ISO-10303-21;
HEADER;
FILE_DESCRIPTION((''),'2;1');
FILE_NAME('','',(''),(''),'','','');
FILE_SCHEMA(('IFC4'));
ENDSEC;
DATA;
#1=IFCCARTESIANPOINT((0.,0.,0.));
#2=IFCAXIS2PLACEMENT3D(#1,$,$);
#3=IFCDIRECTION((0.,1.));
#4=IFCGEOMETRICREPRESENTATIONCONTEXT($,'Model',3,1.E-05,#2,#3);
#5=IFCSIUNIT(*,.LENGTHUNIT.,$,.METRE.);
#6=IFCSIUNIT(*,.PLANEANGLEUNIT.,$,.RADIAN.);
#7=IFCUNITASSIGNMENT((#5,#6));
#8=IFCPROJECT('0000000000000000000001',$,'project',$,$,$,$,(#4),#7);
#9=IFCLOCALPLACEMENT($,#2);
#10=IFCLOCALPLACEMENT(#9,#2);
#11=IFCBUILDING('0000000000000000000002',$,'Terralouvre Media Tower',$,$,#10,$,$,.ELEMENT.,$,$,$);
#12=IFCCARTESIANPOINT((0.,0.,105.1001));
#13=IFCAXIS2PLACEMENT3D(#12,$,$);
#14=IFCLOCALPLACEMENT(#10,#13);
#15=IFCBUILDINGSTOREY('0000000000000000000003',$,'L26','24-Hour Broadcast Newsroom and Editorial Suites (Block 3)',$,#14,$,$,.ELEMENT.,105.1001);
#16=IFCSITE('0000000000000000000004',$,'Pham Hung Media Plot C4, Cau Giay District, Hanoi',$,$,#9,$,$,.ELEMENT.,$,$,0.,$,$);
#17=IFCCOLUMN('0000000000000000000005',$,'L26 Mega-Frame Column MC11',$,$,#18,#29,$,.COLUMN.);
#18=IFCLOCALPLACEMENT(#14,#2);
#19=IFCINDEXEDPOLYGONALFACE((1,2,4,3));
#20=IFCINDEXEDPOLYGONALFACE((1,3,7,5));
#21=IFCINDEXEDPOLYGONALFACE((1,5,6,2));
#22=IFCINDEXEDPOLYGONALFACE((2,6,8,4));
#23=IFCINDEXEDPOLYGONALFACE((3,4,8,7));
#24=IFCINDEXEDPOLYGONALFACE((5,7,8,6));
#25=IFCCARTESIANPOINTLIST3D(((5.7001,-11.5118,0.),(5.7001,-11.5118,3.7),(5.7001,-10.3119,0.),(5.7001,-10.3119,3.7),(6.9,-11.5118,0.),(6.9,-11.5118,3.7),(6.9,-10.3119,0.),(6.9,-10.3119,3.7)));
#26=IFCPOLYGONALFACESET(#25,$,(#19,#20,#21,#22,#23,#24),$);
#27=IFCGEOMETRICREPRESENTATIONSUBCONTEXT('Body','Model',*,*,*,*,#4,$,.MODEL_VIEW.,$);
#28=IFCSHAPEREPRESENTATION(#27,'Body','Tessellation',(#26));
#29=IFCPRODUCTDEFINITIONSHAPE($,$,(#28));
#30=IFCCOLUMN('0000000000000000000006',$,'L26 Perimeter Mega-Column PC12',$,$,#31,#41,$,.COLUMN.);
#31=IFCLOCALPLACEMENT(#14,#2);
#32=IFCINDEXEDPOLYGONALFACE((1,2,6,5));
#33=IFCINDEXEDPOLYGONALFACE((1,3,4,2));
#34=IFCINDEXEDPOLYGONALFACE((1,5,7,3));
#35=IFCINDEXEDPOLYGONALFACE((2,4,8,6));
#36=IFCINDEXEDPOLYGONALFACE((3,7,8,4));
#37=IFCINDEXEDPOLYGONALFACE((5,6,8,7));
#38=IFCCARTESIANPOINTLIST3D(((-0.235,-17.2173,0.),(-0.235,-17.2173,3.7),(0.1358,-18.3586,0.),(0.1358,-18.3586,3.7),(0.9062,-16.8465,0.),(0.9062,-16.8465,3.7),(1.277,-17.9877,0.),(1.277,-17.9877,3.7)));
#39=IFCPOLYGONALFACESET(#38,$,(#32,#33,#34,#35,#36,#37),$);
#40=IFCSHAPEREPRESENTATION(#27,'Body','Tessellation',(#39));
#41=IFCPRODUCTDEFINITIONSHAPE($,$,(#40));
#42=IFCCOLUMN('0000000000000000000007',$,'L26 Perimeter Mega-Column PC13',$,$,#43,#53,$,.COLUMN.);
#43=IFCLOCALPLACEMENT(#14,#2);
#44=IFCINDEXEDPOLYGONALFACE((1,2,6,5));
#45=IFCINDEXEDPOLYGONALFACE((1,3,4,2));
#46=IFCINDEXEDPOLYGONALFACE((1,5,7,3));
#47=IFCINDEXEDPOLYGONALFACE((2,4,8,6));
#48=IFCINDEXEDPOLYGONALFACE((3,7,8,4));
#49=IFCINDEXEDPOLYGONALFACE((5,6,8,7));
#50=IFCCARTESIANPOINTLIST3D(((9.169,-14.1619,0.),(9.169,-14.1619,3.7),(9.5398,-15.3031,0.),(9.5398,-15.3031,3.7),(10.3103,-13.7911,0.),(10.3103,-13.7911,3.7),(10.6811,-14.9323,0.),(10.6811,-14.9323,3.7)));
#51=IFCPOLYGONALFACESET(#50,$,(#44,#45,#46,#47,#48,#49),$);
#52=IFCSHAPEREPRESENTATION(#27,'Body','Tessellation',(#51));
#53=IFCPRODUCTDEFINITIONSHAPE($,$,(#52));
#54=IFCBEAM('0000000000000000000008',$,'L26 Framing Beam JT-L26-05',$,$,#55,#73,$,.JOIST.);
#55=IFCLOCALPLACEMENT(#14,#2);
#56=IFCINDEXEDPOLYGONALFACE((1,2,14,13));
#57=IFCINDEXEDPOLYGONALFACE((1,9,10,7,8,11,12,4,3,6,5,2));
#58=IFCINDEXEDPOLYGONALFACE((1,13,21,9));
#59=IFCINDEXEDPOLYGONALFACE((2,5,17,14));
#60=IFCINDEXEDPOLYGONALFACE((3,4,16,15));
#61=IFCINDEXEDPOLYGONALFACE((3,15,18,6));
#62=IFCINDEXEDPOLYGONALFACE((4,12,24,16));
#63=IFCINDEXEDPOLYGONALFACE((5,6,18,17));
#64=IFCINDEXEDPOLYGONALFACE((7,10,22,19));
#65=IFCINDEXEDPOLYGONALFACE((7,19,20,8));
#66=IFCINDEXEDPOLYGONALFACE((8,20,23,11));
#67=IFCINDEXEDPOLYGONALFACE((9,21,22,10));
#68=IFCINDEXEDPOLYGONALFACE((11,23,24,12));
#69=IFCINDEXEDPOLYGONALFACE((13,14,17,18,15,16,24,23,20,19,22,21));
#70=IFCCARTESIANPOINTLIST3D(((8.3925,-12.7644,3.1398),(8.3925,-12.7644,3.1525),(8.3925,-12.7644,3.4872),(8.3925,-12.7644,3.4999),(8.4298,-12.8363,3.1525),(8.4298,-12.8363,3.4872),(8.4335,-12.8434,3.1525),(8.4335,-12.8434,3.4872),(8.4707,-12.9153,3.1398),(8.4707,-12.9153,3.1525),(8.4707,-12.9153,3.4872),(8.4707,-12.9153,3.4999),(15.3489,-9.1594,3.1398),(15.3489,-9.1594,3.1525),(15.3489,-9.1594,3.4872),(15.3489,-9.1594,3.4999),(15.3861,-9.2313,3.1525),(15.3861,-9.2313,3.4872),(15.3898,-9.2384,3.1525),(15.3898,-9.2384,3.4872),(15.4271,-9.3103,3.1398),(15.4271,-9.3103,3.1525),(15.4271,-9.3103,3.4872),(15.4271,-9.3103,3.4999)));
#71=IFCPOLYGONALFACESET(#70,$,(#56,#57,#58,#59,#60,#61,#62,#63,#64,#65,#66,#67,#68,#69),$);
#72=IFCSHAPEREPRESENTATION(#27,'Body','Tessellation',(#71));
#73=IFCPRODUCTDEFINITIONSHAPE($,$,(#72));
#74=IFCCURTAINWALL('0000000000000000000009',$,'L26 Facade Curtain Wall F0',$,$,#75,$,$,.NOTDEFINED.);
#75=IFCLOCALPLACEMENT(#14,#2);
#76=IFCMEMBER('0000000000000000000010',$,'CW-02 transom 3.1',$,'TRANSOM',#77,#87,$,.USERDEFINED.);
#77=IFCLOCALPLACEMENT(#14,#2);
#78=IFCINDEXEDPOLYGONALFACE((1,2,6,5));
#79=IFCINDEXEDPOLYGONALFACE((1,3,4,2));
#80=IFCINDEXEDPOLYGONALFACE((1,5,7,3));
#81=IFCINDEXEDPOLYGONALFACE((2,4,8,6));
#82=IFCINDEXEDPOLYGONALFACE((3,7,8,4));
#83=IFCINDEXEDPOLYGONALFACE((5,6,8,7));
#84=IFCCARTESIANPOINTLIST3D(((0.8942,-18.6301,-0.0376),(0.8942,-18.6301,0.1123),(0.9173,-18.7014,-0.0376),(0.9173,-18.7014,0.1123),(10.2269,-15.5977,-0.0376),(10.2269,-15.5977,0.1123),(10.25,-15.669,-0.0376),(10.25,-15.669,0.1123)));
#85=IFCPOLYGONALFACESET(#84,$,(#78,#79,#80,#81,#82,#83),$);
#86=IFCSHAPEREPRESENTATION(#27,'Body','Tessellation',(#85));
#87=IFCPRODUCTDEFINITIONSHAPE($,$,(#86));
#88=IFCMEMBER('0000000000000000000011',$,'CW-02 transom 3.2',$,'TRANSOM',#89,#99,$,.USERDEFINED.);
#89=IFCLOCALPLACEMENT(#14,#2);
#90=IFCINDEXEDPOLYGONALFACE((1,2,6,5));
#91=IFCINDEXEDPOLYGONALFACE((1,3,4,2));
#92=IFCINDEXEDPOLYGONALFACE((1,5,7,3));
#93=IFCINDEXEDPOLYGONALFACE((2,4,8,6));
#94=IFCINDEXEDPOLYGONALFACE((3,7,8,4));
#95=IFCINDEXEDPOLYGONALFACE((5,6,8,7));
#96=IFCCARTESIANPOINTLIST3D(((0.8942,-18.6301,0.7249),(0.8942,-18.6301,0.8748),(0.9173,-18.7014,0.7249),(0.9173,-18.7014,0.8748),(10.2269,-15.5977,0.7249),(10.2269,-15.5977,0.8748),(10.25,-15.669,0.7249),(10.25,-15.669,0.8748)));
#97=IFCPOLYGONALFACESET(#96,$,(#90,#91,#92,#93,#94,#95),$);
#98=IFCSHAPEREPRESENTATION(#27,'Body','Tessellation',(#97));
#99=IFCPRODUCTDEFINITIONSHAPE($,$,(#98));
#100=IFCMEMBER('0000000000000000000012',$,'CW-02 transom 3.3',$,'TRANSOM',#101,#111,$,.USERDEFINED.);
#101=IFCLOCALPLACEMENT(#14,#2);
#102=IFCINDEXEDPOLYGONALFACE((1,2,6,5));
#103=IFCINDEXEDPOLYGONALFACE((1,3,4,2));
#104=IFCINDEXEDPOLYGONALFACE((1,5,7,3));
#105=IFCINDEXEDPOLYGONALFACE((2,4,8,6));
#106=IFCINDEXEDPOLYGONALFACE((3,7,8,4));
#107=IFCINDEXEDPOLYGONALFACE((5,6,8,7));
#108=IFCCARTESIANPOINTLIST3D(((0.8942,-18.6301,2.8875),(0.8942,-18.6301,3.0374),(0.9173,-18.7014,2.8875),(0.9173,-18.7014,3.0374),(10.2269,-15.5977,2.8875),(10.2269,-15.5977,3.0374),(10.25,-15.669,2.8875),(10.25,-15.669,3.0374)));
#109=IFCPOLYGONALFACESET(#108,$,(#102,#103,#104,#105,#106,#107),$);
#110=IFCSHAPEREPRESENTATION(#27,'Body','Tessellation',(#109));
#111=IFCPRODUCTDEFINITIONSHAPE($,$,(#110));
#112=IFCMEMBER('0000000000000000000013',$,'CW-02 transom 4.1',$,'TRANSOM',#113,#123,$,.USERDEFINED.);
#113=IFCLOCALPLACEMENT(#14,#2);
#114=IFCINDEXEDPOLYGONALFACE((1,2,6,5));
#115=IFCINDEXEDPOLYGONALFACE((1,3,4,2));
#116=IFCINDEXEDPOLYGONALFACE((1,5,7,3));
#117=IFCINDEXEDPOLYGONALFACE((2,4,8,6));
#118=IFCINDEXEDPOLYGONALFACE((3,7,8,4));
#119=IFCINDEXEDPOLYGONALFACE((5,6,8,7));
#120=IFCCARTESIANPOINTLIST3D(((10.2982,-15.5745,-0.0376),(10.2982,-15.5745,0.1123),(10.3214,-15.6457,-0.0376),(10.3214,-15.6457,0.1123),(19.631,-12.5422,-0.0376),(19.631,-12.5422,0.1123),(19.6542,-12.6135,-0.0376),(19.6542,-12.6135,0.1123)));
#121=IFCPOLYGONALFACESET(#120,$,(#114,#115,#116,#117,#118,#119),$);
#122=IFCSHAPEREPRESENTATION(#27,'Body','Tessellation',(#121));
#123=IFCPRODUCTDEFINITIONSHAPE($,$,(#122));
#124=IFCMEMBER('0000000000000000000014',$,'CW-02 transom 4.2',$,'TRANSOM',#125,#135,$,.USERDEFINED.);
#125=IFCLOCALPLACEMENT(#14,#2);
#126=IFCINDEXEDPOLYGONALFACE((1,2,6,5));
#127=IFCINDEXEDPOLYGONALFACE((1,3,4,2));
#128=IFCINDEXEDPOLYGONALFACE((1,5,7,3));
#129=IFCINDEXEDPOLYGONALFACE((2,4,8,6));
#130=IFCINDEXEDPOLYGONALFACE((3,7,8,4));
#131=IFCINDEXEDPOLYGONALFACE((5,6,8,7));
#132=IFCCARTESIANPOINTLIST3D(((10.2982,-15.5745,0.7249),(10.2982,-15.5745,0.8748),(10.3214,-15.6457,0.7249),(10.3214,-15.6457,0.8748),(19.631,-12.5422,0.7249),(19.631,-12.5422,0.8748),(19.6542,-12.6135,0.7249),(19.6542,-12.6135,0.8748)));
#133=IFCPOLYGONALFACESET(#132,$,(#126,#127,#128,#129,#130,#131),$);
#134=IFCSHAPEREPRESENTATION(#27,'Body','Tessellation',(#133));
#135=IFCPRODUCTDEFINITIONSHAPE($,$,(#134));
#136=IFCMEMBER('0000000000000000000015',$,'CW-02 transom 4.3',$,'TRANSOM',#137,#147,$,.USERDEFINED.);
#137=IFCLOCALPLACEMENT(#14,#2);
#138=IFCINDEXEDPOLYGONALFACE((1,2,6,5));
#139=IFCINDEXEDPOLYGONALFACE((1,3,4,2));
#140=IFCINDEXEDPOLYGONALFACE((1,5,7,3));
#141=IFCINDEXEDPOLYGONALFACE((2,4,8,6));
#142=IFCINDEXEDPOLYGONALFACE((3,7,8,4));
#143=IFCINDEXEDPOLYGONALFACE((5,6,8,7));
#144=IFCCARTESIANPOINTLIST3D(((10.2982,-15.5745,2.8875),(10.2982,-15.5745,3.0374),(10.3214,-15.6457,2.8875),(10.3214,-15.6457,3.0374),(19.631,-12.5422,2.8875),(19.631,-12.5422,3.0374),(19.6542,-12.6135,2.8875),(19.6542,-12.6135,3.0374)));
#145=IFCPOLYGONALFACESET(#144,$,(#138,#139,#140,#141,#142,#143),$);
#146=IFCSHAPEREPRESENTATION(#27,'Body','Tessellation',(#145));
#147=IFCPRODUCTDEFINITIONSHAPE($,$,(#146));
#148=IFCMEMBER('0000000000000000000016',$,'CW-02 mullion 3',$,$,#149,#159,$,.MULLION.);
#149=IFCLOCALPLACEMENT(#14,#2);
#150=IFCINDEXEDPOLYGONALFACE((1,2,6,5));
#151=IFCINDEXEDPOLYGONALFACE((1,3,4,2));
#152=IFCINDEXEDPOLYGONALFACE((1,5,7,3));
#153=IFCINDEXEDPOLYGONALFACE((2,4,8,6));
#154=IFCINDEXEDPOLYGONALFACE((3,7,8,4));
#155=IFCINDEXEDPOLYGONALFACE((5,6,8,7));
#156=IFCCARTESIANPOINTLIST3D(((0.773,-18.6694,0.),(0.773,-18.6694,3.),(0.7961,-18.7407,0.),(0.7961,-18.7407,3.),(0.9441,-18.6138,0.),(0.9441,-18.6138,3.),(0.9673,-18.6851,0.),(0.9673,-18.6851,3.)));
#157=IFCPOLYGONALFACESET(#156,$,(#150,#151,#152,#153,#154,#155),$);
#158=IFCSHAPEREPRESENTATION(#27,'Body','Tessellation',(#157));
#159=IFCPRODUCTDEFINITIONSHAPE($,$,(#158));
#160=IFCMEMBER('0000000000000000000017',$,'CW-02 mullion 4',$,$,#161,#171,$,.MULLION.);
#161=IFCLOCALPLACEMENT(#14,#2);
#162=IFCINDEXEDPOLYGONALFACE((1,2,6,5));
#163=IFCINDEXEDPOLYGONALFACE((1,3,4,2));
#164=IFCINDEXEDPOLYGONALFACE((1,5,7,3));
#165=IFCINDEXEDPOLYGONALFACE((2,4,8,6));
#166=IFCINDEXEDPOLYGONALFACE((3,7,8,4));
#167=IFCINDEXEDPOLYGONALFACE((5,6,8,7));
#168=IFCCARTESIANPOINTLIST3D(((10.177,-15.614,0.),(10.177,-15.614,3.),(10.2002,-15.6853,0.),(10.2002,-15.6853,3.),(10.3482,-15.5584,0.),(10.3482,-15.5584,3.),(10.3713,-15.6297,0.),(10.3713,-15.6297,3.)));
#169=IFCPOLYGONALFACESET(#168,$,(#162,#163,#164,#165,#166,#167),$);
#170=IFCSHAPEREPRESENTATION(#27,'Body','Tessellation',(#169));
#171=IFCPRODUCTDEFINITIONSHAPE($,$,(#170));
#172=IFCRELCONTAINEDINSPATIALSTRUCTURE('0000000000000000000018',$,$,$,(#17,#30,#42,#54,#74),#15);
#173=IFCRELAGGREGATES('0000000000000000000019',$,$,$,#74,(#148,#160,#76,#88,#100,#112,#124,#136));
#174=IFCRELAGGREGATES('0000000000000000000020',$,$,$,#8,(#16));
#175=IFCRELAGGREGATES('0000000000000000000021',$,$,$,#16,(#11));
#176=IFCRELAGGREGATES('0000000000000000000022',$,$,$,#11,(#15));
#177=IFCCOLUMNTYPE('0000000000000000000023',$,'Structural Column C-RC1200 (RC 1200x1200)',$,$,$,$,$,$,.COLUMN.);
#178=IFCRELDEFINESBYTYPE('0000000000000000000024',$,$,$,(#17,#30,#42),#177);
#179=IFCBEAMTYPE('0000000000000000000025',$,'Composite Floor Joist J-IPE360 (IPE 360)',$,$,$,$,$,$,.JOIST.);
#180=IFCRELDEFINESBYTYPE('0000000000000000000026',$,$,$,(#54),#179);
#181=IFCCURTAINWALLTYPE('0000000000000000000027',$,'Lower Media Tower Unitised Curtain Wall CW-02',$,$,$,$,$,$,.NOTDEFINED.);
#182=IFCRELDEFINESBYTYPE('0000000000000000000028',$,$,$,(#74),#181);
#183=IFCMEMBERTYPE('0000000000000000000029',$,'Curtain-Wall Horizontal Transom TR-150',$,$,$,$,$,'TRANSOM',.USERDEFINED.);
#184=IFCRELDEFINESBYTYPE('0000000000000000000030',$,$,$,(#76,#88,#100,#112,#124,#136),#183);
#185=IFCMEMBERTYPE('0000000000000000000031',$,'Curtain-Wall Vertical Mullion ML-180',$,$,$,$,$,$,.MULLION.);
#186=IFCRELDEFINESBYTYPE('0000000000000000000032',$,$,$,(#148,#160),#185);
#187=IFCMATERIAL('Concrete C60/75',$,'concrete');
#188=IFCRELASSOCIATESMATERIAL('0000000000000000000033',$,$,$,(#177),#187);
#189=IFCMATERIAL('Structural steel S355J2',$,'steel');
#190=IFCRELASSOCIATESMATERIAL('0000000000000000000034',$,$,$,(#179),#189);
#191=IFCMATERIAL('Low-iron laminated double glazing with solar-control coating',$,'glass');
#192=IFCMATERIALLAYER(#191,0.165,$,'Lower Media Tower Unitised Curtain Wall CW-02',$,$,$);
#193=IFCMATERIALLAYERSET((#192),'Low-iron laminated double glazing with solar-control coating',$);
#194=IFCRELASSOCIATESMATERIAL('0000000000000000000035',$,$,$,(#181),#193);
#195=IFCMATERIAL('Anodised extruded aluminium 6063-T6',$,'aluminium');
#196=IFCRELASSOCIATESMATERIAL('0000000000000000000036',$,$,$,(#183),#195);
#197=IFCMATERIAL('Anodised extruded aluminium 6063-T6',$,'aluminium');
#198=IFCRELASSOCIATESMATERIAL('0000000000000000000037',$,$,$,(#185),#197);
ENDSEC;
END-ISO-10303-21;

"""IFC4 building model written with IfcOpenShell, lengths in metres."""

from ifc_helpers import new_model, si_unit, direction, frame, origin, origin_2d, place, context, subcontext, project, spatial, rectangle, i_section, extrude, material, layer, layer_set, material_profile, profile_set, type_object, element, aggregate, save


model = new_model("IFC4")

# Units and contexts
model_context = context("Model", 3, precision=1e-05, world=origin(), true_north=direction((0.0, 1.0)))
body_context = subcontext(model_context, "Body", "Model", "MODEL_VIEW")
ifc_project = project(units=[si_unit("LENGTHUNIT", "METRE"), si_unit("PLANEANGLEUNIT", "RADIAN")], contexts=[model_context])

# Site, building, storey
site_placement = place(None, origin())
site = spatial("IfcSite", under=ifc_project, at=site_placement, Name="Pham Hung Media Plot C4, Cau Giay District, Hanoi", CompositionType="ELEMENT", RefElevation=0.0)
building_placement = place(site_placement, origin())
building = spatial("IfcBuilding", under=site, at=building_placement, Name="Terralouvre Media Tower", CompositionType="ELEMENT")
storey_placement = place(building_placement, frame((0.0, 0.0, 105.1001)))
storey = spatial("IfcBuildingStorey", under=building, at=storey_placement, Name="L26", Description="24-Hour Broadcast Newsroom and Editorial Suites (Block 3)", CompositionType="ELEMENT", Elevation=105.1001)

# Columns
ifc_material_1 = material(Name="Concrete C60/75", Category="concrete")
ifc_material_profile_1 = material_profile(ifc_material_1, rectangle(XDim=1.2, YDim=1.2, at=origin_2d()), Name="RC 1200x1200")
ifc_profile_set_1 = profile_set([ifc_material_profile_1], Name="Concrete C60/75")
column_type = type_object("IfcColumnType", Name="Structural Column C-RC1200 (RC 1200x1200)", PredefinedType="COLUMN", material=ifc_profile_set_1)
for number, where, z_axis, x_axis, name in (
    (1, (6.3, -10.9119, 0.0), (0.0, 0.0, 1.0), (1.0, 0.0, 0.0), "L26 Mega-Frame Column MC11"),
    (2, (0.521, -17.6025, 0.0), (0.0, 0.0, 1.0), (0.951057, 0.309017, 0.0), "L26 Perimeter Mega-Column PC12"),
    (3, (9.925, -14.5471, 0.0), (0.0, 0.0, 1.0), (0.951057, 0.309017, 0.0), "L26 Perimeter Mega-Column PC13"),
):
    element("IfcColumn", number, at=place(storey_placement, frame(where, z_axis=z_axis, x_axis=x_axis)), inside=storey, type_object=column_type, Name=name, PredefinedType="COLUMN", context=body_context, shape_type="SweptSolid", body=[
        extrude(rectangle(XDim=1.2, YDim=1.2, at=origin_2d()), origin(), (0.0, 0.0, 1.0), 3.7),
    ])

# Beam
ifc_material_2 = material(Name="Structural steel S355J2", Category="steel")
ifc_material_profile_2 = material_profile(ifc_material_2, i_section(OverallWidth=0.1699, OverallDepth=0.3601, WebThickness=0.0081, FlangeThickness=0.0127, at=origin_2d()), Name="IPE 360")
ifc_profile_set_2 = profile_set([ifc_material_profile_2], Name="Structural steel S355J2")
beam_type_1 = type_object("IfcBeamType", Name="Composite Floor Joist J-IPE360 (IPE 360)", PredefinedType="JOIST", material=ifc_profile_set_2)
beam_1_placement = place(storey_placement, frame((8.4316, -12.8398, 3.3198), z_axis=(0.887858, 0.460117, 0.0), x_axis=(-0.460117, 0.887858, 0.0)))
element("IfcBeam", 4, at=beam_1_placement, inside=storey, type_object=beam_type_1, Name="L26 Framing Beam JT-L26-05", PredefinedType="JOIST", context=body_context, shape_type="SweptSolid", body=[
    extrude(i_section(OverallWidth=0.1699, OverallDepth=0.3601, WebThickness=0.0081, FlangeThickness=0.0127, at=origin_2d()), origin(), (0.0, 0.0, 1.0), 7.835),
])

# Curtain wall, members
ifc_material_3 = material(Name="Low-iron laminated double glazing with solar-control coating", Category="glass")
ifc_layer_1 = layer(ifc_material_3, 0.165, Name="Lower Media Tower Unitised Curtain Wall CW-02")
ifc_layer_set_1 = layer_set([ifc_layer_1], Name="Low-iron laminated double glazing with solar-control coating")
curtain_wall_type = type_object("IfcCurtainWallType", Name="Lower Media Tower Unitised Curtain Wall CW-02", PredefinedType="NOTDEFINED", material=ifc_layer_set_1)
curtain_wall_placement = place(storey_placement, origin())
curtain_wall = element("IfcCurtainWall", 5, at=curtain_wall_placement, inside=storey, type_object=curtain_wall_type, Name="L26 Facade Curtain Wall F0", PredefinedType="NOTDEFINED")
ifc_material_4 = material(Name="Anodised extruded aluminium 6063-T6", Category="aluminium")
ifc_material_profile_3 = material_profile(ifc_material_4, rectangle(XDim=0.075, YDim=0.1499, at=origin_2d()), Name="ALU 75x150")
ifc_profile_set_3 = profile_set([ifc_material_profile_3], Name="Anodised extruded aluminium 6063-T6")
member_type_1 = type_object("IfcMemberType", Name="Curtain-Wall Horizontal Transom TR-150", ElementType="TRANSOM", PredefinedType="USERDEFINED", material=ifc_profile_set_3)
member_1_placement = place(storey_placement, frame((0.9058, -18.6658, 0.0374), z_axis=(0.951054, 0.309024, 0.0), x_axis=(-0.309024, 0.951054, 0.0)))
member_1 = element("IfcMember", 6, at=member_1_placement, type_object=member_type_1, Name="CW-02 transom 3.1", ObjectType="TRANSOM", PredefinedType="USERDEFINED", context=body_context, shape_type="SweptSolid", body=[
    extrude(rectangle(XDim=0.075, YDim=0.1499, at=origin_2d()), origin(), (0.0, 0.0, 1.0), 9.813),
])
member_2_placement = place(storey_placement, frame((0.9058, -18.6658, 0.7998), z_axis=(0.951054, 0.309024, 0.0), x_axis=(-0.309024, 0.951054, 0.0)))
member_2 = element("IfcMember", 7, at=member_2_placement, type_object=member_type_1, Name="CW-02 transom 3.2", ObjectType="TRANSOM", PredefinedType="USERDEFINED", context=body_context, shape_type="SweptSolid", body=[
    extrude(rectangle(XDim=0.075, YDim=0.1499, at=origin_2d()), origin(), (0.0, 0.0, 1.0), 9.813),
])
member_3_placement = place(storey_placement, frame((0.9058, -18.6658, 2.9624), z_axis=(0.951054, 0.309024, 0.0), x_axis=(-0.309024, 0.951054, 0.0)))
member_3 = element("IfcMember", 8, at=member_3_placement, type_object=member_type_1, Name="CW-02 transom 3.3", ObjectType="TRANSOM", PredefinedType="USERDEFINED", context=body_context, shape_type="SweptSolid", body=[
    extrude(rectangle(XDim=0.075, YDim=0.1499, at=origin_2d()), origin(), (0.0, 0.0, 1.0), 9.813),
])
member_4_placement = place(storey_placement, frame((10.3098, -15.6101, 0.0374), z_axis=(0.951062, 0.309001, 0.0), x_axis=(-0.309001, 0.951062, 0.0)))
member_4 = element("IfcMember", 9, at=member_4_placement, type_object=member_type_1, Name="CW-02 transom 4.1", ObjectType="TRANSOM", PredefinedType="USERDEFINED", context=body_context, shape_type="SweptSolid", body=[
    extrude(rectangle(XDim=0.075, YDim=0.1499, at=origin_2d()), origin(), (0.0, 0.0, 1.0), 9.813),
])
member_5_placement = place(storey_placement, frame((10.3098, -15.6101, 0.7998), z_axis=(0.951062, 0.309001, 0.0), x_axis=(-0.309001, 0.951062, 0.0)))
member_5 = element("IfcMember", 10, at=member_5_placement, type_object=member_type_1, Name="CW-02 transom 4.2", ObjectType="TRANSOM", PredefinedType="USERDEFINED", context=body_context, shape_type="SweptSolid", body=[
    extrude(rectangle(XDim=0.075, YDim=0.1499, at=origin_2d()), origin(), (0.0, 0.0, 1.0), 9.813),
])
member_6_placement = place(storey_placement, frame((10.3098, -15.6101, 2.9624), z_axis=(0.951062, 0.309001, 0.0), x_axis=(-0.309001, 0.951062, 0.0)))
member_6 = element("IfcMember", 11, at=member_6_placement, type_object=member_type_1, Name="CW-02 transom 4.3", ObjectType="TRANSOM", PredefinedType="USERDEFINED", context=body_context, shape_type="SweptSolid", body=[
    extrude(rectangle(XDim=0.075, YDim=0.1499, at=origin_2d()), origin(), (0.0, 0.0, 1.0), 9.813),
])
ifc_material_5 = material(Name="Anodised extruded aluminium 6063-T6", Category="aluminium")
ifc_material_profile_4 = material_profile(ifc_material_5, rectangle(XDim=0.075, YDim=0.1799, at=origin_2d()), Name="ALU 75x180")
ifc_profile_set_4 = profile_set([ifc_material_profile_4], Name="Anodised extruded aluminium 6063-T6")
member_type_2 = type_object("IfcMemberType", Name="Curtain-Wall Vertical Mullion ML-180", PredefinedType="MULLION", material=ifc_profile_set_4)
member_7_placement = place(storey_placement, frame((0.8701, -18.6772, 0.0), z_axis=(0.0, 0.0, 1.0), x_axis=(-0.309017, 0.951057, 0.0)))
member_7 = element("IfcMember", 12, at=member_7_placement, type_object=member_type_2, Name="CW-02 mullion 3", PredefinedType="MULLION", context=body_context, shape_type="SweptSolid", body=[
    extrude(rectangle(XDim=0.075, YDim=0.1799, at=origin_2d()), origin(), (0.0, 0.0, 1.0), 3.0),
])
member_8_placement = place(storey_placement, frame((10.2742, -15.6218, 0.0), z_axis=(0.0, 0.0, 1.0), x_axis=(-0.309017, 0.951057, 0.0)))
member_8 = element("IfcMember", 13, at=member_8_placement, type_object=member_type_2, Name="CW-02 mullion 4", PredefinedType="MULLION", context=body_context, shape_type="SweptSolid", body=[
    extrude(rectangle(XDim=0.075, YDim=0.1799, at=origin_2d()), origin(), (0.0, 0.0, 1.0), 3.0),
])

aggregate(curtain_wall, [member_7, member_8, member_1, member_2, member_3, member_4, member_5, member_6])

save(model, "model.ifc")
